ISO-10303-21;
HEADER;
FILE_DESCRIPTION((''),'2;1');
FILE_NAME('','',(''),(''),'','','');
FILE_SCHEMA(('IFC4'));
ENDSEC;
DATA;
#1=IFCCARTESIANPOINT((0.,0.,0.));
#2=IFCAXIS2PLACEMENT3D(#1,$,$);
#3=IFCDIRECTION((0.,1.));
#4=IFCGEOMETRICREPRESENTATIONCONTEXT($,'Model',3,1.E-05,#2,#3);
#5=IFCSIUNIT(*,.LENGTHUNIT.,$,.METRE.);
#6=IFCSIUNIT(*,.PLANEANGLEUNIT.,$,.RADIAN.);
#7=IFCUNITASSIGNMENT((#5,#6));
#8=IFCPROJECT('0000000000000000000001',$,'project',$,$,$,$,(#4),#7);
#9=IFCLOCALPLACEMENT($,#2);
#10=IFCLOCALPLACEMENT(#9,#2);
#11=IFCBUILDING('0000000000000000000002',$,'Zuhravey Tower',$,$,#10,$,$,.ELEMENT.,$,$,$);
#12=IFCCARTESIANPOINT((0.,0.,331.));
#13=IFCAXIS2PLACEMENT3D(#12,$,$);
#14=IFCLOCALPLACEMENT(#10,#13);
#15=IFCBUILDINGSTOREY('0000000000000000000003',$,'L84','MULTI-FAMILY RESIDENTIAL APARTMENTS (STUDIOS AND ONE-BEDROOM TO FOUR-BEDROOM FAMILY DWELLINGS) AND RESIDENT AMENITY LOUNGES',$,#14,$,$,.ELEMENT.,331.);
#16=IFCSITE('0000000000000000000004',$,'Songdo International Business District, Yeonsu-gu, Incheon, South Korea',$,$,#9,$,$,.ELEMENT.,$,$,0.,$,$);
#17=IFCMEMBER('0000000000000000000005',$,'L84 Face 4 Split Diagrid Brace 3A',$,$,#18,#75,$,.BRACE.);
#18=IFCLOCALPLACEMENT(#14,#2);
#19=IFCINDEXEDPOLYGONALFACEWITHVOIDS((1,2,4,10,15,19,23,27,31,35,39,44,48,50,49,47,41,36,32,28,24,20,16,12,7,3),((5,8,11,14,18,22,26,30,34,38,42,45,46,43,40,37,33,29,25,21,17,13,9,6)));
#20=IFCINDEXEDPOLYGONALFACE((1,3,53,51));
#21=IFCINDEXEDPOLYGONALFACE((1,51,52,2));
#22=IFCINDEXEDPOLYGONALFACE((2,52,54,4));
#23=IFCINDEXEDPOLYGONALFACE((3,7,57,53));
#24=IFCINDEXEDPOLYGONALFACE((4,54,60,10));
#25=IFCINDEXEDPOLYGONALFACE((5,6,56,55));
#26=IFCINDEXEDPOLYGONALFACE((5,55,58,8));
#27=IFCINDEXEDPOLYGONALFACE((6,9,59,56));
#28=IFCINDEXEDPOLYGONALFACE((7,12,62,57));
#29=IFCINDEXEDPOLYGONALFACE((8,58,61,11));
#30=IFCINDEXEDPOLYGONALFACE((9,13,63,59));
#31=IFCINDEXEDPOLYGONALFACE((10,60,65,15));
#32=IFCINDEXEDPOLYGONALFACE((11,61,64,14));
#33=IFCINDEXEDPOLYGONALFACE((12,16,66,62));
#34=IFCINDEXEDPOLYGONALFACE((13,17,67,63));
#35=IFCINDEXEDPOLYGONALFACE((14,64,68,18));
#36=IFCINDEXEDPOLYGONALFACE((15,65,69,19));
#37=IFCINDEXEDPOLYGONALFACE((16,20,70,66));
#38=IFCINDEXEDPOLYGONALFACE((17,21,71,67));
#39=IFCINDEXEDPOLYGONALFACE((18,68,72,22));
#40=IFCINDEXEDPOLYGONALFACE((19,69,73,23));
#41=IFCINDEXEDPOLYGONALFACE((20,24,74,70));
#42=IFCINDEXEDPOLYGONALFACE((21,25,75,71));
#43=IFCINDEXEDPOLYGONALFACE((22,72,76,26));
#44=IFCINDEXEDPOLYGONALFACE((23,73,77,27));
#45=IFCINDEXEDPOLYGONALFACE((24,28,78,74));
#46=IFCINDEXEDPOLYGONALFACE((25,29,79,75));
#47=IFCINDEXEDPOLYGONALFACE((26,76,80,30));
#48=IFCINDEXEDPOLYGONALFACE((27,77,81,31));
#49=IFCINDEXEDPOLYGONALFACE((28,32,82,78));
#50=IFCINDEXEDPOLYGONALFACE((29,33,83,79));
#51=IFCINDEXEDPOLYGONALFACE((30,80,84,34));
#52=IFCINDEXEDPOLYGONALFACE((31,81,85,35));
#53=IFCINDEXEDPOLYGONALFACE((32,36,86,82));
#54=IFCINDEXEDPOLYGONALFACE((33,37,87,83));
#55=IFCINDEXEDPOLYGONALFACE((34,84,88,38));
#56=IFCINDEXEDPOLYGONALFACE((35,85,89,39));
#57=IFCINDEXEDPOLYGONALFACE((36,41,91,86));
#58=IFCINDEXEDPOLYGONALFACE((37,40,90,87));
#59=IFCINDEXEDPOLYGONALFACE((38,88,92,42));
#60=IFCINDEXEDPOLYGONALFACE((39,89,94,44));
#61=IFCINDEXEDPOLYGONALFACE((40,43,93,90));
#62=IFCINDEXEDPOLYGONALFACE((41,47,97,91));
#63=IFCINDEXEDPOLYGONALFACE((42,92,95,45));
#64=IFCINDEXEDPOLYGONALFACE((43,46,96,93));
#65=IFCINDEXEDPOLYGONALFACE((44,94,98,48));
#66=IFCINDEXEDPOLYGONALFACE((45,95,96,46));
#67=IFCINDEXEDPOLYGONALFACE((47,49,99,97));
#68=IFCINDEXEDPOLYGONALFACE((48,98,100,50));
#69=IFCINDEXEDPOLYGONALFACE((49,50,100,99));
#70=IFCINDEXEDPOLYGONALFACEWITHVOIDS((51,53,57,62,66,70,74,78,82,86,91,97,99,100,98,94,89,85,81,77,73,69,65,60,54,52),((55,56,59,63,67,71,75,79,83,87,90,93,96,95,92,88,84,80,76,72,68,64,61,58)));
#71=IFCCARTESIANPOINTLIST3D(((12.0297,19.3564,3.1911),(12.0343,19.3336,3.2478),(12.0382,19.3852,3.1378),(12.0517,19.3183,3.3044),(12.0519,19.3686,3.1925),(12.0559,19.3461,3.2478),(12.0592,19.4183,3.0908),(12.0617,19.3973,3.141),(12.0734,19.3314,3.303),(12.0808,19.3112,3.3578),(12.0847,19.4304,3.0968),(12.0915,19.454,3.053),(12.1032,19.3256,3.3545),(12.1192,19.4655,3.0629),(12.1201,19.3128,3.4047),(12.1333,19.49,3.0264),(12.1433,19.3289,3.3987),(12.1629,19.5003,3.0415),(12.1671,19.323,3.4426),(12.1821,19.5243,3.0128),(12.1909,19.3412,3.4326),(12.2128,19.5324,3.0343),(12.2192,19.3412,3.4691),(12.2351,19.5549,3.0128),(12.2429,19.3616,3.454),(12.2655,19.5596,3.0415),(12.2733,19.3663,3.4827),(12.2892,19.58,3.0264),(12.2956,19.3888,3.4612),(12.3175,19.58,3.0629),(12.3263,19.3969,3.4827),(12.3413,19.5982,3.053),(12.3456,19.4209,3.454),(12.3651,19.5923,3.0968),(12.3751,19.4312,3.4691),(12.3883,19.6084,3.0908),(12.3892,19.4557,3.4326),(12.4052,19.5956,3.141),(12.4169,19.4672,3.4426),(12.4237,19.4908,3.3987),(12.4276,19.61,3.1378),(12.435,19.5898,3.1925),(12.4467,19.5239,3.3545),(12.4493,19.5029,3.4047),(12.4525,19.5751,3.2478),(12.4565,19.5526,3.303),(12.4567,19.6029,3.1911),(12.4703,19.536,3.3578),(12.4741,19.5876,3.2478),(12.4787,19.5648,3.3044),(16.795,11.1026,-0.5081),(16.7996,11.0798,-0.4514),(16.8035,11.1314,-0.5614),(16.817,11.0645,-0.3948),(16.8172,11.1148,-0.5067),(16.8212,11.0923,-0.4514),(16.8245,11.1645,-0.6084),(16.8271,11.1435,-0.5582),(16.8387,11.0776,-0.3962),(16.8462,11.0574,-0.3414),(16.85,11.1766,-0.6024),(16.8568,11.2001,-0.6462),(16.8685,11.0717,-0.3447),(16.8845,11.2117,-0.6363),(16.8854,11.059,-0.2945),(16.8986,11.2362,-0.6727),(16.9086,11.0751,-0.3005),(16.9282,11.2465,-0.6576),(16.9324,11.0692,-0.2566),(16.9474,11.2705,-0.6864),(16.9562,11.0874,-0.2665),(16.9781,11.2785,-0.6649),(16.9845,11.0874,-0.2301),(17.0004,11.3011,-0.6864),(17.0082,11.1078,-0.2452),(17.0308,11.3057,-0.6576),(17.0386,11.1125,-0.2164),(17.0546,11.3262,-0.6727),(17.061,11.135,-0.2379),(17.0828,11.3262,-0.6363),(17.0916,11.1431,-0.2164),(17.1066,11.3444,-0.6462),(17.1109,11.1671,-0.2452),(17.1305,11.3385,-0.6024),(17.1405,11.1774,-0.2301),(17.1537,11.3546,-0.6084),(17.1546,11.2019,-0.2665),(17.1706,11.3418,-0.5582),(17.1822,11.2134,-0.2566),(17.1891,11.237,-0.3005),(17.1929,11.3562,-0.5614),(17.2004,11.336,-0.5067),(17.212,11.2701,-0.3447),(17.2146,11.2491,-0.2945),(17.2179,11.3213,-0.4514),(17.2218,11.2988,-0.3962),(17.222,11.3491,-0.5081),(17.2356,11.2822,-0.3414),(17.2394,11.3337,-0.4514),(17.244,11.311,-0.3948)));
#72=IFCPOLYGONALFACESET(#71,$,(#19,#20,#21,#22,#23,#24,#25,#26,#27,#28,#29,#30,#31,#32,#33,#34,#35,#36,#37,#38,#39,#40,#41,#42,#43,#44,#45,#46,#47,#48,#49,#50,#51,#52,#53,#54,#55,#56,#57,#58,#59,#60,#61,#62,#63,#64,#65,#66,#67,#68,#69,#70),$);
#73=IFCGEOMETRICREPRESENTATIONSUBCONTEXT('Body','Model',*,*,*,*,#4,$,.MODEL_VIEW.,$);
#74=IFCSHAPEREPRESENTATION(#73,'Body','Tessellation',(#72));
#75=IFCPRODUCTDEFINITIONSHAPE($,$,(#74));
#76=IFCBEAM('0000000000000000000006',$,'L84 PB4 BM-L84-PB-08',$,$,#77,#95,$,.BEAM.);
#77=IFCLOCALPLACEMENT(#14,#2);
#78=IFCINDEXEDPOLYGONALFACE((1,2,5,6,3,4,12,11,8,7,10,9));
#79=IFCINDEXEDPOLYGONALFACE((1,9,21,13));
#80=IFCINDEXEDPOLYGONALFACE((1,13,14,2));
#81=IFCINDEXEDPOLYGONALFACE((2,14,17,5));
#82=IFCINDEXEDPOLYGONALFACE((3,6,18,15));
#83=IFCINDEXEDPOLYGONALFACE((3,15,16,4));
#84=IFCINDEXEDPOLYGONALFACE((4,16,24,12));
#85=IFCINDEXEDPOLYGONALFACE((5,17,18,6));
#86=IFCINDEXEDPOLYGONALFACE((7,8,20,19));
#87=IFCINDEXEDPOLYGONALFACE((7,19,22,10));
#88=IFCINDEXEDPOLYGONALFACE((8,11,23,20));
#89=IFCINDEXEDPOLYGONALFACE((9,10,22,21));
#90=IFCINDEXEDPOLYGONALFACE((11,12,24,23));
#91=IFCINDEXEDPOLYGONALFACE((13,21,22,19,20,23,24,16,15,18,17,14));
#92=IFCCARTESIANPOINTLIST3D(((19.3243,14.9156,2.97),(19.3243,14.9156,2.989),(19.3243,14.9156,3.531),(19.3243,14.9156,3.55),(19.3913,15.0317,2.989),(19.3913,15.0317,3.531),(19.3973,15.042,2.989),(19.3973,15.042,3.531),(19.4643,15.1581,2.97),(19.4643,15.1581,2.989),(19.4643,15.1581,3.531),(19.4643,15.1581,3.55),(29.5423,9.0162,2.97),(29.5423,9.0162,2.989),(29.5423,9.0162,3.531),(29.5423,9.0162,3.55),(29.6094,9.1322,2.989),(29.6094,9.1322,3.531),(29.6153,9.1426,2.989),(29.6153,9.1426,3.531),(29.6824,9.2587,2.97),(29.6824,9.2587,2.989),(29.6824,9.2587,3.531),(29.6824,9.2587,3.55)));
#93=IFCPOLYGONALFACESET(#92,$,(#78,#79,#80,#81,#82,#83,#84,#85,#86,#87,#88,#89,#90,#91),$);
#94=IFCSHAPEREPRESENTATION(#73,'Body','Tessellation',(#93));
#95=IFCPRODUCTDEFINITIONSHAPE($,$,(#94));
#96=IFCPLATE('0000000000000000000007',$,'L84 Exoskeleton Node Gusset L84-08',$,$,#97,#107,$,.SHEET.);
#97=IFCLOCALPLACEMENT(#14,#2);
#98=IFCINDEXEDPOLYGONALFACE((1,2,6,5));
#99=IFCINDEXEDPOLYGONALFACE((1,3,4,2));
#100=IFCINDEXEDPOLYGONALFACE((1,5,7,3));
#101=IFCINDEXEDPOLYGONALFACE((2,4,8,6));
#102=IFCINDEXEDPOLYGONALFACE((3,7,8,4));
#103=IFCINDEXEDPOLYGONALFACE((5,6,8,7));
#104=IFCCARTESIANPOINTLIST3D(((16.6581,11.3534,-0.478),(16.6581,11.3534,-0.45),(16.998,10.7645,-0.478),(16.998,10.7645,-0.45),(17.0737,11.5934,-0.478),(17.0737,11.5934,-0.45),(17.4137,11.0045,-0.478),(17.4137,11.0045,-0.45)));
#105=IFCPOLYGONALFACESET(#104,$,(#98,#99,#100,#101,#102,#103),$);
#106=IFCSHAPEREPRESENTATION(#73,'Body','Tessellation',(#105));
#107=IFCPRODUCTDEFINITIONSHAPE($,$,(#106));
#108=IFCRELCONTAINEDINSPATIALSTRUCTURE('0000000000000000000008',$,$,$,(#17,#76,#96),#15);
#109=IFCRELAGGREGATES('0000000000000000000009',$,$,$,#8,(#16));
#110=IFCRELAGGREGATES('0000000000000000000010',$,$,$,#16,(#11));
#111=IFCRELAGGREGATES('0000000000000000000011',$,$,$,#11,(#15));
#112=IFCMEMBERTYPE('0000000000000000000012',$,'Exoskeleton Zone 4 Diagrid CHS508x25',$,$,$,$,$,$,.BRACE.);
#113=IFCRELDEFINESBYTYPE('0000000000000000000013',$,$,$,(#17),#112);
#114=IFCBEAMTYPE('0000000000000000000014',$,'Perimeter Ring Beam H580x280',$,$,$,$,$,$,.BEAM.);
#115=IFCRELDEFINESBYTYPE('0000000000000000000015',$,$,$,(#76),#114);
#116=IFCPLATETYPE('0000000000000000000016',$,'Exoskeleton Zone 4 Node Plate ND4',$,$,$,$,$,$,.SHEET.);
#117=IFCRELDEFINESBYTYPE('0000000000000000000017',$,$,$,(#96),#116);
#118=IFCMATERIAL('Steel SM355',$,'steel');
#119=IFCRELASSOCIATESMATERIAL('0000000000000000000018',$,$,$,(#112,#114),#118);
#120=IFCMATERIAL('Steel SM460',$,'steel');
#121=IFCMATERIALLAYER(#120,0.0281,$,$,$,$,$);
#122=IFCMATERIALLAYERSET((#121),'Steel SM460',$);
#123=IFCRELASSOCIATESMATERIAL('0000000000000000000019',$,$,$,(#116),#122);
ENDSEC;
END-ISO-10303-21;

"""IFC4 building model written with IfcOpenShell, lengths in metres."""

from ifc_helpers import new_model, si_unit, direction, frame, origin, origin_2d, place, context, subcontext, project, spatial, rectangle, hollow_circle, i_section, extrude, material, layer, layer_set, material_profile, profile_set, type_object, element, save


model = new_model("IFC4")

# Units and contexts
model_context = context("Model", 3, precision=1e-05, world=origin(), true_north=direction((0.0, 1.0)))
body_context = subcontext(model_context, "Body", "Model", "MODEL_VIEW")
ifc_project = project(units=[si_unit("LENGTHUNIT", "METRE"), si_unit("PLANEANGLEUNIT", "RADIAN")], contexts=[model_context])

# Site, building, storey
site_placement = place(None, origin())
site = spatial("IfcSite", under=ifc_project, at=site_placement, Name="Songdo International Business District, Yeonsu-gu, Incheon, South Korea", CompositionType="ELEMENT", RefElevation=0.0)
building_placement = place(site_placement, origin())
building = spatial("IfcBuilding", under=site, at=building_placement, Name="Zuhravey Tower", CompositionType="ELEMENT")
storey_placement = place(building_placement, frame((0.0, 0.0, 331.0)))
storey = spatial("IfcBuildingStorey", under=building, at=storey_placement, Name="L84", Description="MULTI-FAMILY RESIDENTIAL APARTMENTS (STUDIOS AND ONE-BEDROOM TO FOUR-BEDROOM FAMILY DWELLINGS) AND RESIDENT AMENITY LOUNGES", CompositionType="ELEMENT", Elevation=331.0)

# Member
ifc_material_1 = material(Name="Steel SM355", Category="steel")
ifc_material_profile_1 = material_profile(ifc_material_1, hollow_circle(Radius=0.2539, WallThickness=0.0249, at=origin_2d()), Name="CHS-508.0x25")
ifc_profile_set_1 = profile_set([ifc_material_profile_1], Name="Steel SM355")
member_type_1 = type_object("IfcMemberType", Name="Exoskeleton Zone 4 Diagrid CHS508x25", PredefinedType="BRACE", material=ifc_profile_set_1)
member_1_placement = place(storey_placement, frame((17.0195, 11.2068, -0.4514), z_axis=(-0.46612, 0.807346, 0.361835), x_axis=(-0.866026, -0.499999, 0.0)))
element("IfcMember", 1, at=member_1_placement, inside=storey, type_object=member_type_1, Name="L84 Face 4 Split Diagrid Brace 3A", PredefinedType="BRACE", context=body_context, shape_type="SweptSolid", body=[
    extrude(hollow_circle(Radius=0.2539, WallThickness=0.0249, at=origin_2d()), origin(), (0.0, 0.0, 1.0), 10.2234),
])

# Beam
ifc_material_profile_2 = material_profile(ifc_material_1, i_section(OverallWidth=0.28, OverallDepth=0.5801, WebThickness=0.012, FlangeThickness=0.019, at=origin_2d()), Name="H-580x280x12x19")
ifc_profile_set_2 = profile_set([ifc_material_profile_2], Name="Steel SM355")
beam_type = type_object("IfcBeamType", Name="Perimeter Ring Beam H580x280", PredefinedType="BEAM", material=ifc_profile_set_2)
beam_placement = place(storey_placement, frame((19.3943, 15.0369, 3.26), z_axis=(0.866024, -0.500002, 0.0), x_axis=(0.500002, 0.866024, 0.0)))
element("IfcBeam", 2, at=beam_placement, inside=storey, type_object=beam_type, Name="L84 PB4 BM-L84-PB-08", PredefinedType="BEAM", context=body_context, shape_type="SweptSolid", body=[
    extrude(i_section(OverallWidth=0.28, OverallDepth=0.5801, WebThickness=0.012, FlangeThickness=0.019, at=origin_2d()), origin(), (0.0, 0.0, 1.0), 11.7988),
])

# Plate
ifc_material_2 = material(Name="Steel SM460", Category="steel")
ifc_layer_1 = layer(ifc_material_2, 0.0281)
ifc_layer_set_1 = layer_set([ifc_layer_1], Name="Steel SM460")
plate_type_1 = type_object("IfcPlateType", Name="Exoskeleton Zone 4 Node Plate ND4", PredefinedType="SHEET", material=ifc_layer_set_1)
plate_1_placement = place(storey_placement, frame((17.0359, 11.179, -0.478), z_axis=(0.0, 0.0, 1.0), x_axis=(0.5, -0.866025, 0.0)))
element("IfcPlate", 3, at=plate_1_placement, inside=storey, type_object=plate_type_1, Name="L84 Exoskeleton Node Gusset L84-08", PredefinedType="SHEET", context=body_context, shape_type="SweptSolid", body=[
    extrude(rectangle(XDim=0.6799, YDim=0.48, at=origin_2d()), origin(), (0.0, 0.0, 1.0), 0.0281),
])

save(model, "model.ifc")
